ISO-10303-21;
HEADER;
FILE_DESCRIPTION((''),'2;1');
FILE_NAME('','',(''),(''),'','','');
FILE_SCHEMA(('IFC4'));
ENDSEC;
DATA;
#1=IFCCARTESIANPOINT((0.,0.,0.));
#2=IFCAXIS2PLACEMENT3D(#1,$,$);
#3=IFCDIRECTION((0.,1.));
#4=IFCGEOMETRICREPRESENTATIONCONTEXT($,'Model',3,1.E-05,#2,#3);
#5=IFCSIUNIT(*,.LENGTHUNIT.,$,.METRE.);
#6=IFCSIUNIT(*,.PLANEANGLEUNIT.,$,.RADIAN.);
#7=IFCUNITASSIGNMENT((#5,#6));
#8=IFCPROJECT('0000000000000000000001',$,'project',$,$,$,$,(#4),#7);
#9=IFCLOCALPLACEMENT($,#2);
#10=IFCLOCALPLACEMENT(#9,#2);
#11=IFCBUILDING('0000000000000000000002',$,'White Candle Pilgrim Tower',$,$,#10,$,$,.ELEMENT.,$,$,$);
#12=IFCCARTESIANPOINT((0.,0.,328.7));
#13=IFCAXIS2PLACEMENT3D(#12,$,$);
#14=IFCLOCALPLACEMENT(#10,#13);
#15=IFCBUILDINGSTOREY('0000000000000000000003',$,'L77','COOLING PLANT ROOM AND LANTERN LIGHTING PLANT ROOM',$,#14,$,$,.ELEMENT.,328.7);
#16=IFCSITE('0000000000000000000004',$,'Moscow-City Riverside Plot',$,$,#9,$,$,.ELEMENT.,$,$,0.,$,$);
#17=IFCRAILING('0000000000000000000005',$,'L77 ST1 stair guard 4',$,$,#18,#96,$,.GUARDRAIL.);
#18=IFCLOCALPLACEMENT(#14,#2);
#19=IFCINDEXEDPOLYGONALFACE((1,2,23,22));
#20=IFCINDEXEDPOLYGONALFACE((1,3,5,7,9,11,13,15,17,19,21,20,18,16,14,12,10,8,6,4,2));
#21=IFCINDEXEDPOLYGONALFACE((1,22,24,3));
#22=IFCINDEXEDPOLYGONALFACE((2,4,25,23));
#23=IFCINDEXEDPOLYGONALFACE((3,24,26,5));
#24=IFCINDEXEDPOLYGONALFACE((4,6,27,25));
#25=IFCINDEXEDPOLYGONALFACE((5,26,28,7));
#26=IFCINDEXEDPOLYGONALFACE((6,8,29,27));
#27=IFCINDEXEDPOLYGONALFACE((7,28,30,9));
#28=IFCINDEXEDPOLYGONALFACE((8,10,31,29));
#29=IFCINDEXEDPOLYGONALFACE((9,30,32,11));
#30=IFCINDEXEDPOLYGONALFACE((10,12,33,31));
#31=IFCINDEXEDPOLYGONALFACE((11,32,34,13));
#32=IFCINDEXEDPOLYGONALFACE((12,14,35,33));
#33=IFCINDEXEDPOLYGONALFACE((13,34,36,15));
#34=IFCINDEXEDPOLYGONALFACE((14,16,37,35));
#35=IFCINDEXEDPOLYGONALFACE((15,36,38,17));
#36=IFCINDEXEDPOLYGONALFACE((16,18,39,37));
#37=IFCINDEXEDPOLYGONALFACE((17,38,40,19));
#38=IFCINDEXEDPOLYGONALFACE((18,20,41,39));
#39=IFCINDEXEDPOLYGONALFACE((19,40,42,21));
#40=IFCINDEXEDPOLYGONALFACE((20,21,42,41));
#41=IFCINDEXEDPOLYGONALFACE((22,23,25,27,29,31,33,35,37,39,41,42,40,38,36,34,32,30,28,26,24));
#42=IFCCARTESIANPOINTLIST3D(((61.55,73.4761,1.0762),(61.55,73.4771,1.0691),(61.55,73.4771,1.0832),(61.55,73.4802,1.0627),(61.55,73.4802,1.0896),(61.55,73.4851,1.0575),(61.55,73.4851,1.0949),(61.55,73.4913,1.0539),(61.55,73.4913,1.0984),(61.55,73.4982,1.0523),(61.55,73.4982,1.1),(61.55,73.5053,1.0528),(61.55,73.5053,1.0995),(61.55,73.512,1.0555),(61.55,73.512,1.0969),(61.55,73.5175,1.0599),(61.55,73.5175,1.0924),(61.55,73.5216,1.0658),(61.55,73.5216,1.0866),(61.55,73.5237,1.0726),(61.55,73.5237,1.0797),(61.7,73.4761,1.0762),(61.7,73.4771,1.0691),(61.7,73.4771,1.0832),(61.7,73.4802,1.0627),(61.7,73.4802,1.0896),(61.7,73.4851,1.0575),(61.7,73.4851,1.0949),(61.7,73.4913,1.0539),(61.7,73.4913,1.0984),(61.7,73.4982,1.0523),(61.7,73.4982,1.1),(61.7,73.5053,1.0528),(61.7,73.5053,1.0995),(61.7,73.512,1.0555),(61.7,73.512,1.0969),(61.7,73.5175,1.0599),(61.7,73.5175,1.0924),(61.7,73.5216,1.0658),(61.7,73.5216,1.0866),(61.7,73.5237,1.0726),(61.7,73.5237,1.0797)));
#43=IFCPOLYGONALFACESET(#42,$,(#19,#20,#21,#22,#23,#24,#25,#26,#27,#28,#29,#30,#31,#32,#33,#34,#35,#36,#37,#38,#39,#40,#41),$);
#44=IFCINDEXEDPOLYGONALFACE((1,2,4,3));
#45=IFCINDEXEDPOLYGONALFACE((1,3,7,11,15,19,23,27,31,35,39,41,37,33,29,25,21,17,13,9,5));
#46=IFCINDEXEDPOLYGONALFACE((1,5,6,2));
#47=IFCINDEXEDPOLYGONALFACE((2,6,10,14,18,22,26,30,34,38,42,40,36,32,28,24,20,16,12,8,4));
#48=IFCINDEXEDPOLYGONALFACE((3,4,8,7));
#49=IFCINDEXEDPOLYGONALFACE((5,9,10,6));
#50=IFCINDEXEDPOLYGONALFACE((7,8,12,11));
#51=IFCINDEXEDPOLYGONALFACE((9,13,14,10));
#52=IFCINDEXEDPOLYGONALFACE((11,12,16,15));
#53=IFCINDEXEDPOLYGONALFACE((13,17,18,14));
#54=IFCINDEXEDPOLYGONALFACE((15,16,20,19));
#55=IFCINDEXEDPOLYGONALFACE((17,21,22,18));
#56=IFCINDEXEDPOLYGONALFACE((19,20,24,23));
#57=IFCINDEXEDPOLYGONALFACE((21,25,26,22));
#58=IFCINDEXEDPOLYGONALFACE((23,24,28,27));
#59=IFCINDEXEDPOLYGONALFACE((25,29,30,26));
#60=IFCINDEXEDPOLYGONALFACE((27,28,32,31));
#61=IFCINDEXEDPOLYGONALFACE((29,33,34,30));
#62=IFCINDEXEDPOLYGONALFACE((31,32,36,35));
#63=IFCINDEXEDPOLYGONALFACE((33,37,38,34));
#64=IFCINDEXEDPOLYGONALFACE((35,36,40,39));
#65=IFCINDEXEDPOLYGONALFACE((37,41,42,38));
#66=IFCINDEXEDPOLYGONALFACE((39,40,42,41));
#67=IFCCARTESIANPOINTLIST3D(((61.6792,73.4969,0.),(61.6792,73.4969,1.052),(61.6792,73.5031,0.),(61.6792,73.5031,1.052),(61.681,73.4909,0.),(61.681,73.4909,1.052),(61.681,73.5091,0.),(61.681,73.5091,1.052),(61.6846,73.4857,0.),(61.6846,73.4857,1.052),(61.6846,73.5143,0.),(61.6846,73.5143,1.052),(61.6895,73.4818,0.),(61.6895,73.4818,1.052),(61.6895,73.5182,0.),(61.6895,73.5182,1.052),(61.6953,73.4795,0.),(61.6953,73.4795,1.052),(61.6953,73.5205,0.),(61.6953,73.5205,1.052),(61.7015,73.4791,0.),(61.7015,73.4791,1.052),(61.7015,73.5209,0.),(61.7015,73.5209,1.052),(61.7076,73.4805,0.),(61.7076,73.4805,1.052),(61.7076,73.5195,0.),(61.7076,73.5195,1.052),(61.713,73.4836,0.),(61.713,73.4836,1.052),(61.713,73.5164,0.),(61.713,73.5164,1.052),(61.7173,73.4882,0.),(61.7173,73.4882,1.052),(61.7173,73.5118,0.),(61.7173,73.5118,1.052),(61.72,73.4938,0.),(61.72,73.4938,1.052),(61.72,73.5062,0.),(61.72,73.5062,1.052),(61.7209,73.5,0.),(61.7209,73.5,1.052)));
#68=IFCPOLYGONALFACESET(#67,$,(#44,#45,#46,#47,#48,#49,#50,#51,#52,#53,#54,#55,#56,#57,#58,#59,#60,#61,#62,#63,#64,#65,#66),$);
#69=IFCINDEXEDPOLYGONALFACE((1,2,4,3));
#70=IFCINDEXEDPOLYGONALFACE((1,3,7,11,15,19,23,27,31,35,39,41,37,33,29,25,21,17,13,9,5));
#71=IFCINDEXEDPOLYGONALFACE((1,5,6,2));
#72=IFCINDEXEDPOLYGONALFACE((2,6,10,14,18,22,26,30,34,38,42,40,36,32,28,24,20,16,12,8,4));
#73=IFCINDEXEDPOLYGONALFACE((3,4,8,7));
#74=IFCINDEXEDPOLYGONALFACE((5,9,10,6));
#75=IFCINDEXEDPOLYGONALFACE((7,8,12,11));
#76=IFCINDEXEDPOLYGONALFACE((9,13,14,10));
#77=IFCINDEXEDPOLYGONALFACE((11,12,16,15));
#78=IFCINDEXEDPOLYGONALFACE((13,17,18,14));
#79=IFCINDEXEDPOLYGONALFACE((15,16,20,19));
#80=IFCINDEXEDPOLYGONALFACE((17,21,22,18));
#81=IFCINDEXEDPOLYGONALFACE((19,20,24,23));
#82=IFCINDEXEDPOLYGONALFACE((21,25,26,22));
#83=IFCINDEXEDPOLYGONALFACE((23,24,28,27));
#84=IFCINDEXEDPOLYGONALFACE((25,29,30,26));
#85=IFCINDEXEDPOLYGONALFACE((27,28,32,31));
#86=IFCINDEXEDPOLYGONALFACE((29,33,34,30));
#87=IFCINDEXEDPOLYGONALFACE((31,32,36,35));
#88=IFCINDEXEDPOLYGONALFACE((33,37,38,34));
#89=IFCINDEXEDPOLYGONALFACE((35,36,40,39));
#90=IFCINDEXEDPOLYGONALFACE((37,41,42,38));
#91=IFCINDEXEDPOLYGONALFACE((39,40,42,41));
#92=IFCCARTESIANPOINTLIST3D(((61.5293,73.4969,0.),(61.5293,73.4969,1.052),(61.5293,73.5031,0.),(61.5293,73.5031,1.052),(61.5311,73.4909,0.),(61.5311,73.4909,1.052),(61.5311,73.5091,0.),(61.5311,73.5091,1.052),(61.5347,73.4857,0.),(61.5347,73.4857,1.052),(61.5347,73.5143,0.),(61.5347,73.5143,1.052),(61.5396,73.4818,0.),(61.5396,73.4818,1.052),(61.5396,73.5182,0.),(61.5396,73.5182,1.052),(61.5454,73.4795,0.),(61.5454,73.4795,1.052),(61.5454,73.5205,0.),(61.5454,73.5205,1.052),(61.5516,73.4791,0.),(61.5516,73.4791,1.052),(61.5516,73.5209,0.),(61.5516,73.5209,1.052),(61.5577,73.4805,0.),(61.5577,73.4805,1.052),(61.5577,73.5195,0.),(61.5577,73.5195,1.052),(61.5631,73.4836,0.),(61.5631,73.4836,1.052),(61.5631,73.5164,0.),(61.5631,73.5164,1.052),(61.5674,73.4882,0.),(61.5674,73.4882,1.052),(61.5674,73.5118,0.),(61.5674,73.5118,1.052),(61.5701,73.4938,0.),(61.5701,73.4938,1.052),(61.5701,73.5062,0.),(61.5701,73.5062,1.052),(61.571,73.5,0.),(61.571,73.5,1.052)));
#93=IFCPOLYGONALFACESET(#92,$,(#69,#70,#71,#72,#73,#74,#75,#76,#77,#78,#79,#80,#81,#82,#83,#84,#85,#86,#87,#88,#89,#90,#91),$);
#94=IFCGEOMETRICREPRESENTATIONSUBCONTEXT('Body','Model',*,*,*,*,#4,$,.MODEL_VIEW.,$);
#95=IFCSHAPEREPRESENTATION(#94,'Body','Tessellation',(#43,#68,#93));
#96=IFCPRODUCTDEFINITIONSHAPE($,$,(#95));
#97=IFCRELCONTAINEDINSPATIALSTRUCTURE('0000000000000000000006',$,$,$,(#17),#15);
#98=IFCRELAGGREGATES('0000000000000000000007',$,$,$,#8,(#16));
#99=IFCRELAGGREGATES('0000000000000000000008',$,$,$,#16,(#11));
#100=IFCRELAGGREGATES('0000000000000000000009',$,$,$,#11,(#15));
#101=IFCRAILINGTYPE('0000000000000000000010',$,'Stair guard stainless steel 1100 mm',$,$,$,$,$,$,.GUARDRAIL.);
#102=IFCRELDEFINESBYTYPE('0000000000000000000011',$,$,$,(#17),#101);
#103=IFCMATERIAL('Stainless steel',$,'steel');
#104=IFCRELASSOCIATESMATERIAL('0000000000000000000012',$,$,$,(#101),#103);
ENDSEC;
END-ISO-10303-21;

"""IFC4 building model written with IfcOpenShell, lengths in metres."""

from ifc_helpers import new_model, si_unit, direction, frame, origin, origin_2d, place, context, subcontext, project, spatial, circle, extrude, material, type_object, element, save


model = new_model("IFC4")

# Units and contexts
model_context = context("Model", 3, precision=1e-05, world=origin(), true_north=direction((0.0, 1.0)))
body_context = subcontext(model_context, "Body", "Model", "MODEL_VIEW")
ifc_project = project(units=[si_unit("LENGTHUNIT", "METRE"), si_unit("PLANEANGLEUNIT", "RADIAN")], contexts=[model_context])

# Site, building, storey
site_placement = place(None, origin())
site = spatial("IfcSite", under=ifc_project, at=site_placement, Name="Moscow-City Riverside Plot", CompositionType="ELEMENT", RefElevation=0.0)
building_placement = place(site_placement, origin())
building = spatial("IfcBuilding", under=site, at=building_placement, Name="White Candle Pilgrim Tower", CompositionType="ELEMENT")
storey_placement = place(building_placement, frame((0.0, 0.0, 328.7)))
storey = spatial("IfcBuildingStorey", under=building, at=storey_placement, Name="L77", Description="COOLING PLANT ROOM AND LANTERN LIGHTING PLANT ROOM", CompositionType="ELEMENT", Elevation=328.7)

# Railing
ifc_material_1 = material(Name="Stainless steel", Category="steel")
railing_type_1 = type_object("IfcRailingType", Name="Stair guard stainless steel 1100 mm", PredefinedType="GUARDRAIL", material=ifc_material_1)
railing_1_placement = place(storey_placement, frame((61.7, 73.5, 0.0)))
element("IfcRailing", 1, at=railing_1_placement, inside=storey, type_object=railing_type_1, Name="L77 ST1 stair guard 4", PredefinedType="GUARDRAIL", context=body_context, shape_type="SweptSolid", body=[
    extrude(circle(Radius=0.0239, at=origin_2d()), frame((0.0, 0.0, 1.0762), z_axis=(-1.0, 0.0, 0.0), x_axis=(0.0, -1.0, 0.0)), (0.0, 0.0, 1.0), 0.1499),
    extrude(circle(Radius=0.021, at=origin_2d()), origin(), (0.0, 0.0, 1.0), 1.052),
    extrude(circle(Radius=0.021, at=origin_2d()), frame((-0.1499, 0.0, 0.0)), (0.0, 0.0, 1.0), 1.052),
])

save(model, "model.ifc")
